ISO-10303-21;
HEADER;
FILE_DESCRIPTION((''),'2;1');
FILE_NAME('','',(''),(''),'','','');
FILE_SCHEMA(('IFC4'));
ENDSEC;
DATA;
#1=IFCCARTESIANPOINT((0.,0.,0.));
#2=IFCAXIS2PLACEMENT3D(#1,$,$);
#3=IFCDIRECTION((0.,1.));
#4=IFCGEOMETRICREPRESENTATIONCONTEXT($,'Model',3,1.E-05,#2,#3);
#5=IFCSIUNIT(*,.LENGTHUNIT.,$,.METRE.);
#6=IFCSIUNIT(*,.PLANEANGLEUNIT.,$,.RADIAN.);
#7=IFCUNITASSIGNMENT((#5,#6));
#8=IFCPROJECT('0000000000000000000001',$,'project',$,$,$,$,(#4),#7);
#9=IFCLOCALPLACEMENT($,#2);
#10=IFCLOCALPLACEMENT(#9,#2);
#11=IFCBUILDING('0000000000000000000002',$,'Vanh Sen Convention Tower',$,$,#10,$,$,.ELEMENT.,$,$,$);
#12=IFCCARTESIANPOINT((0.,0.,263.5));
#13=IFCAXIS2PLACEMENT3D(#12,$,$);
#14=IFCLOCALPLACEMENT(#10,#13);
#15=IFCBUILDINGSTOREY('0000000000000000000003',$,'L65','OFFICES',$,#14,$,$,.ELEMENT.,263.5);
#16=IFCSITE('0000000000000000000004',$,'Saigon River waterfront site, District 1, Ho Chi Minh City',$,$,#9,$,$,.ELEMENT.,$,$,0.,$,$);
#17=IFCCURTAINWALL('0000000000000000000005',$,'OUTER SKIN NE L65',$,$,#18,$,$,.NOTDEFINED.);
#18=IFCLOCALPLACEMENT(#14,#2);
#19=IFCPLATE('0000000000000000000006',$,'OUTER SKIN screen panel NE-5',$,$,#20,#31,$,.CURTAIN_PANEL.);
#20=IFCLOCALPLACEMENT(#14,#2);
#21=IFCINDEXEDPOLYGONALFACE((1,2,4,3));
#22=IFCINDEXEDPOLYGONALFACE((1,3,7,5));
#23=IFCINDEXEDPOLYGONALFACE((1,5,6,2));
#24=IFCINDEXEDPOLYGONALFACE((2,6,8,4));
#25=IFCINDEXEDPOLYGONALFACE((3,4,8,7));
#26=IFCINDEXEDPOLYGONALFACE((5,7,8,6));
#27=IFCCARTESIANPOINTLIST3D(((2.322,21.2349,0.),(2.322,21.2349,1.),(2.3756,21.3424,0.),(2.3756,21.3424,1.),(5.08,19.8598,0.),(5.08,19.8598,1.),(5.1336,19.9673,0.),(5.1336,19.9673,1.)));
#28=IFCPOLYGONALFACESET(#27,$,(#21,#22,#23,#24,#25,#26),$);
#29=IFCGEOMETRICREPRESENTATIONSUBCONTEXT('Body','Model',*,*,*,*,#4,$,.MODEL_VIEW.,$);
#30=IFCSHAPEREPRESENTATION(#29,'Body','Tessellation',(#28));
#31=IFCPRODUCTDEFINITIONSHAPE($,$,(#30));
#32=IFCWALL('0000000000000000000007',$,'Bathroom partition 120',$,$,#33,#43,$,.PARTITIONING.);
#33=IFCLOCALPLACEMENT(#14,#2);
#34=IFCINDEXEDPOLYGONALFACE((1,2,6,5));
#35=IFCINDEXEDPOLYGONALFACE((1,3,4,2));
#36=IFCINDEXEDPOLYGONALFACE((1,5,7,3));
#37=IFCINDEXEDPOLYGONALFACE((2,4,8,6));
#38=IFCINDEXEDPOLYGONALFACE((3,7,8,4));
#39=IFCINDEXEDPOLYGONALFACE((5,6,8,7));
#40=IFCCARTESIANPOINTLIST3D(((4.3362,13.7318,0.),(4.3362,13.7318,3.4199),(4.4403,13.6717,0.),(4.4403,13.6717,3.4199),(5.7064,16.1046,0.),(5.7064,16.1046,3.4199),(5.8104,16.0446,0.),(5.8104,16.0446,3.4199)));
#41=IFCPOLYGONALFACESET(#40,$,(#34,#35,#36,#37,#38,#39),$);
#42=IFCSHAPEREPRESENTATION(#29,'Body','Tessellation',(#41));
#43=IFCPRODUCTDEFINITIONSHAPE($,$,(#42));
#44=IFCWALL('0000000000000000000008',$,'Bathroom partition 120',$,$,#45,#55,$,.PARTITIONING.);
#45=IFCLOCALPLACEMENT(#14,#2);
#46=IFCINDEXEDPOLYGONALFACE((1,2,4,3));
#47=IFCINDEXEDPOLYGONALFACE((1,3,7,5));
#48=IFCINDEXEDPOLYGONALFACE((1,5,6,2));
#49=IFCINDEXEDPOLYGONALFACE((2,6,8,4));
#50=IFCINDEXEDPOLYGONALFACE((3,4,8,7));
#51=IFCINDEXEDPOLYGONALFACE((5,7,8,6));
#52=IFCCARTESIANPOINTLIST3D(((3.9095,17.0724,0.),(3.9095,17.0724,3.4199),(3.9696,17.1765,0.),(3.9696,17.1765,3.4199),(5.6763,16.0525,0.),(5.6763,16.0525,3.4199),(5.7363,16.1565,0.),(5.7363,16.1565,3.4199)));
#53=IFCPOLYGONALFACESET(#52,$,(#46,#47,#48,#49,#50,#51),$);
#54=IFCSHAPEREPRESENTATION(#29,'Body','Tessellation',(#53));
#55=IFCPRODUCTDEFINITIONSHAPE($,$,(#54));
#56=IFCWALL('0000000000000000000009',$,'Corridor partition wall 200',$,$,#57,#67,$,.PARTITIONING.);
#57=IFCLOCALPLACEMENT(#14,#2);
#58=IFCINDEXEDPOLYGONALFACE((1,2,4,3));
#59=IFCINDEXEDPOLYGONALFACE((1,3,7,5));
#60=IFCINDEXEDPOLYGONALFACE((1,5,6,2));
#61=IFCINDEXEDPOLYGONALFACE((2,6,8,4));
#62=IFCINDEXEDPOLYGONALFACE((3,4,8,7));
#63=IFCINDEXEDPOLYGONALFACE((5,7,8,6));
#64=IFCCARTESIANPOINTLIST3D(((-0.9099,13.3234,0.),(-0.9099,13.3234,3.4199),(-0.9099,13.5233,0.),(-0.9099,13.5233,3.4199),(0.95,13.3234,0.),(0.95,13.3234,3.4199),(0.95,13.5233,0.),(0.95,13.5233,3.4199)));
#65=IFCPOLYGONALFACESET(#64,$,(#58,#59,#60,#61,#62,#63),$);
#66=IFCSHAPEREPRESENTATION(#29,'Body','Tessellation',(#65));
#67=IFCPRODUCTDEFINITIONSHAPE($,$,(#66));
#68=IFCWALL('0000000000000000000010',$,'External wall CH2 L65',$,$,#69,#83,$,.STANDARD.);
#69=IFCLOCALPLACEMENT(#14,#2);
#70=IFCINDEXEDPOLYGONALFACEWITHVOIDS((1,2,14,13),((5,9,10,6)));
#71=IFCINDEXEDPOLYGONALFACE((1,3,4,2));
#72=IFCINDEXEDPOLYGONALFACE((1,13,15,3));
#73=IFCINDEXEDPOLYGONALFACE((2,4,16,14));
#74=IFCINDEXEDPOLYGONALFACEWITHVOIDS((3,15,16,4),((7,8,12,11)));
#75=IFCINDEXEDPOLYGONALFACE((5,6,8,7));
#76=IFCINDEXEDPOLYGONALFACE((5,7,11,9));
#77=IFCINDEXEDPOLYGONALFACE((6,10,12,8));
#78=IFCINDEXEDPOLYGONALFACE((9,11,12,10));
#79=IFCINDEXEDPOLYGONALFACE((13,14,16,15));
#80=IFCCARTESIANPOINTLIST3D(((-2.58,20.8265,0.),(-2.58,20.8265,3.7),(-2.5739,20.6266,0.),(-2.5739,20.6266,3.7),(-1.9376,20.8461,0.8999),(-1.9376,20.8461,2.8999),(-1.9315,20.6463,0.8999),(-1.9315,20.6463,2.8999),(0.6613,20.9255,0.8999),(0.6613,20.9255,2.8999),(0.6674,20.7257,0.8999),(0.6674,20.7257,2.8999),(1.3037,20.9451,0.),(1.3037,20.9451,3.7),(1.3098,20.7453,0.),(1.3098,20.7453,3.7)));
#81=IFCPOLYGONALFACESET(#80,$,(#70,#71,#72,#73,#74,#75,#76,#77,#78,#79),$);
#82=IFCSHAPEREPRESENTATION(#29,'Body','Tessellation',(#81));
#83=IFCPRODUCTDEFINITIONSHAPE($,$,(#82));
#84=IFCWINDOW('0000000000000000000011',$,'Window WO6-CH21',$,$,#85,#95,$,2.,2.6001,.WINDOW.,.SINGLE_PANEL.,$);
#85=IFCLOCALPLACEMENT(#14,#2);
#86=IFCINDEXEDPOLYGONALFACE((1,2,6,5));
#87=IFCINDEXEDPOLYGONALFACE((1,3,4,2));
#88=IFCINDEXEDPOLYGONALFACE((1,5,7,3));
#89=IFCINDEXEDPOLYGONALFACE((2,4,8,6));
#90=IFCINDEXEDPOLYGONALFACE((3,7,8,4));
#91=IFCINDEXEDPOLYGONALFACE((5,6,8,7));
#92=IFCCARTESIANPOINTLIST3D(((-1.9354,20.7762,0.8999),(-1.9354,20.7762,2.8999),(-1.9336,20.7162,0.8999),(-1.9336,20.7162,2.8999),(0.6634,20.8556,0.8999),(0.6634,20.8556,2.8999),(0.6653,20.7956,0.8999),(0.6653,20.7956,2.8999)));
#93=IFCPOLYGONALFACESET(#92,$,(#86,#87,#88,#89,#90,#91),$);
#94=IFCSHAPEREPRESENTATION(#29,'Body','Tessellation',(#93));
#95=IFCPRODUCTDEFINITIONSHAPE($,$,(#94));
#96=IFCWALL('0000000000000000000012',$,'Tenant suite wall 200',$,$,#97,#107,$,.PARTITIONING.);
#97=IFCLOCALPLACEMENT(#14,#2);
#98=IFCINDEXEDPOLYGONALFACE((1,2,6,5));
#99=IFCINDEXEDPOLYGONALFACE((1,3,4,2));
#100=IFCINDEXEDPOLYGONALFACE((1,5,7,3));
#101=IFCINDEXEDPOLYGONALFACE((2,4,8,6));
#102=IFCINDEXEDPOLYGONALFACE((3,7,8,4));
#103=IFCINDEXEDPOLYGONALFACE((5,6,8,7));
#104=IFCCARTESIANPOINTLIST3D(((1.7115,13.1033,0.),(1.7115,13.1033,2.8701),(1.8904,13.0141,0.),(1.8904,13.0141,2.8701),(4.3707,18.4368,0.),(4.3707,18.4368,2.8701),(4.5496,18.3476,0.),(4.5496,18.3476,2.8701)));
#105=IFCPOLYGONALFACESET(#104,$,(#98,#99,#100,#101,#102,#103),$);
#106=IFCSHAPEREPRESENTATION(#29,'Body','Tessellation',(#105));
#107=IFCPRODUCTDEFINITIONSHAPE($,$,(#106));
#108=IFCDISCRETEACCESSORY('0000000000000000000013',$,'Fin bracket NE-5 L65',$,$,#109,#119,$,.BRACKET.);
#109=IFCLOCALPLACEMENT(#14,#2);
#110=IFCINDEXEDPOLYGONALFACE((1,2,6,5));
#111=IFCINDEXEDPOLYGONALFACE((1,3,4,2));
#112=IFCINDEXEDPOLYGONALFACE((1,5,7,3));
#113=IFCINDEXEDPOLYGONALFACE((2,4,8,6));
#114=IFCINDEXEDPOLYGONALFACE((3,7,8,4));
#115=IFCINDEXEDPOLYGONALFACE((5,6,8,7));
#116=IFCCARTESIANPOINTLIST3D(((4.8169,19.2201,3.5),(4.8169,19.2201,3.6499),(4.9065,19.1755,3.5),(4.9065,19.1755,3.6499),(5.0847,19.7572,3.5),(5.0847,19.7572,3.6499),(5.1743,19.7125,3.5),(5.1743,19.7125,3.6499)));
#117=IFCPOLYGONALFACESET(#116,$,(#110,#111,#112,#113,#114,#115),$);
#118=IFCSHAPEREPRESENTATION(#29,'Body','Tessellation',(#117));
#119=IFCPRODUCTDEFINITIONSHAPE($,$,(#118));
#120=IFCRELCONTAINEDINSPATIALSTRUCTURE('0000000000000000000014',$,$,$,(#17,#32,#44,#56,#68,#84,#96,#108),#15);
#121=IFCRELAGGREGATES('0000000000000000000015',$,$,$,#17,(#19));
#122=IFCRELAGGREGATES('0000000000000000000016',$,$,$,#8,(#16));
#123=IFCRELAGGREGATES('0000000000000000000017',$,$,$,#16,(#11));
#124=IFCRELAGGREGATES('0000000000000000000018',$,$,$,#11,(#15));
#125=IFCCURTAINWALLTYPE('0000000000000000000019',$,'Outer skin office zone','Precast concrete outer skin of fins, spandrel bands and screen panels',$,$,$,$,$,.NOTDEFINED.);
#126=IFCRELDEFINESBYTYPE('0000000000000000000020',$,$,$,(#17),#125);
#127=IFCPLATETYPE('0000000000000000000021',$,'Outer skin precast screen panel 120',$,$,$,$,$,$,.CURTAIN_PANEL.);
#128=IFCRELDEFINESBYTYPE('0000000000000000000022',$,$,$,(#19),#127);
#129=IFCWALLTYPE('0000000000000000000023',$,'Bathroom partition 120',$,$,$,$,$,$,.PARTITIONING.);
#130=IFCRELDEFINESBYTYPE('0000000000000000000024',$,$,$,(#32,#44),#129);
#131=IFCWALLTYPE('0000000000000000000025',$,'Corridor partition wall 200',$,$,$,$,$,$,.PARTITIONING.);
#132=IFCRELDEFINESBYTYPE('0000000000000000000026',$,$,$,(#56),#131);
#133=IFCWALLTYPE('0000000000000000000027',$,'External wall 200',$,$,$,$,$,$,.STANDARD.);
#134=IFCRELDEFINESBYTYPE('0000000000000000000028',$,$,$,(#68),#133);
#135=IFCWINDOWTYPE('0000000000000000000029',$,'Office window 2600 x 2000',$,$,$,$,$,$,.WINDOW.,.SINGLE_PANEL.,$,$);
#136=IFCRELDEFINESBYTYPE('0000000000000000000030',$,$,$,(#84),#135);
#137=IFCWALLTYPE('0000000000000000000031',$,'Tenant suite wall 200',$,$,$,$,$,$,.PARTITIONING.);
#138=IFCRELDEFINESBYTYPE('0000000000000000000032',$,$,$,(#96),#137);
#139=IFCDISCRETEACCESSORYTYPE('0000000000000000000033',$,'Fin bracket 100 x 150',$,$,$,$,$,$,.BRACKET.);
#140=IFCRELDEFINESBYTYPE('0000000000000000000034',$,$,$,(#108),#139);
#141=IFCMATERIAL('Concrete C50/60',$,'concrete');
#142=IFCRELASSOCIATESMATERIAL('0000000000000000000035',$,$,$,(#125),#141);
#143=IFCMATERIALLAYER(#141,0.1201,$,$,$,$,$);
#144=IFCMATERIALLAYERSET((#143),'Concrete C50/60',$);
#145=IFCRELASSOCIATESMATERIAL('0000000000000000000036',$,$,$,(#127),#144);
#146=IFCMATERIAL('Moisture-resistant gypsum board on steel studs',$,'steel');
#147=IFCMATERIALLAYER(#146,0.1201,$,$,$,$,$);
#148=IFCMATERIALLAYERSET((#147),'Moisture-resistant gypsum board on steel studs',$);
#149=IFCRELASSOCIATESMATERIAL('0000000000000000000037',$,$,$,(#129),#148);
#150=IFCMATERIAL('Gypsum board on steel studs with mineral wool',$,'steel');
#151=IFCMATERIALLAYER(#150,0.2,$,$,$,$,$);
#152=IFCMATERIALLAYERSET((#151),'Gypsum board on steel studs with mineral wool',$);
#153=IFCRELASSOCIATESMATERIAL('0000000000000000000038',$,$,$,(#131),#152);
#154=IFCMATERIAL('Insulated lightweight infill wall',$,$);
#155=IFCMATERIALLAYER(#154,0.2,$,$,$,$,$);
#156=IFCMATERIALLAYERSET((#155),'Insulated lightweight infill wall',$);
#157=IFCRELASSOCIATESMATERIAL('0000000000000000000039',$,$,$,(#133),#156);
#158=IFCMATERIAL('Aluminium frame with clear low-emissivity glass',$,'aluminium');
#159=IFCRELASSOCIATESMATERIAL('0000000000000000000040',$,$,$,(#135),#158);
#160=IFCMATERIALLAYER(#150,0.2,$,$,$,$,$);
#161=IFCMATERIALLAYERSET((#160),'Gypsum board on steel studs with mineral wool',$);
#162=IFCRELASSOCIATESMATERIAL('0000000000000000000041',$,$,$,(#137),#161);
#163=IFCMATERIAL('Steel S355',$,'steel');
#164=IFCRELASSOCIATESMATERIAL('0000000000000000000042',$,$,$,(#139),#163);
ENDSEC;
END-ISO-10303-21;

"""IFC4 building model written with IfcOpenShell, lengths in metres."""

from ifc_helpers import new_model, si_unit, direction, frame, frame_2d, origin, origin_2d, place, context, subcontext, project, spatial, rectangle, extrude, material, layer, layer_set, type_object, element, fill, aggregate, save


model = new_model("IFC4")

# Units and contexts
model_context = context("Model", 3, precision=1e-05, world=origin(), true_north=direction((0.0, 1.0)))
body_context = subcontext(model_context, "Body", "Model", "MODEL_VIEW")
ifc_project = project(units=[si_unit("LENGTHUNIT", "METRE"), si_unit("PLANEANGLEUNIT", "RADIAN")], contexts=[model_context])

# Site, building, storey
site_placement = place(None, origin())
site = spatial("IfcSite", under=ifc_project, at=site_placement, Name="Saigon River waterfront site, District 1, Ho Chi Minh City", CompositionType="ELEMENT", RefElevation=0.0)
building_placement = place(site_placement, origin())
building = spatial("IfcBuilding", under=site, at=building_placement, Name="Vanh Sen Convention Tower", CompositionType="ELEMENT")
storey_placement = place(building_placement, frame((0.0, 0.0, 263.5)))
storey = spatial("IfcBuildingStorey", under=building, at=storey_placement, Name="L65", Description="OFFICES", CompositionType="ELEMENT", Elevation=263.5)

# Curtain wall
ifc_material_1 = material(Name="Concrete C50/60", Category="concrete")
curtain_wall_type = type_object("IfcCurtainWallType", Name="Outer skin office zone", Description="Precast concrete outer skin of fins, spandrel bands and screen panels", PredefinedType="NOTDEFINED", material=ifc_material_1)
curtain_wall_1_placement = place(storey_placement, origin())
curtain_wall_1 = element("IfcCurtainWall", 1, at=curtain_wall_1_placement, inside=storey, type_object=curtain_wall_type, Name="OUTER SKIN NE L65", PredefinedType="NOTDEFINED")

# Plate
ifc_layer_1 = layer(ifc_material_1, 0.1201)
ifc_layer_set_1 = layer_set([ifc_layer_1], Name="Concrete C50/60")
plate_type = type_object("IfcPlateType", Name="Outer skin precast screen panel 120", PredefinedType="CURTAIN_PANEL", material=ifc_layer_set_1)
plate_1_placement = place(storey_placement, frame((3.7278, 20.6011, 0.0), z_axis=(0.0, 0.0, 1.0), x_axis=(-0.894931, 0.446204, 0.0)))
plate_1 = element("IfcPlate", 2, at=plate_1_placement, type_object=plate_type, Name="OUTER SKIN screen panel NE-5", PredefinedType="CURTAIN_PANEL", context=body_context, shape_type="SweptSolid", body=[
    extrude(rectangle(XDim=3.0818, YDim=0.1201, at=origin_2d()), origin(), (0.0, 0.0, 1.0), 1.0),
])
aggregate(curtain_wall_1, [plate_1])

# Walls
ifc_material_2 = material(Name="Moisture-resistant gypsum board on steel studs", Category="steel")
ifc_layer_2 = layer(ifc_material_2, 0.1201)
ifc_layer_set_2 = layer_set([ifc_layer_2], Name="Moisture-resistant gypsum board on steel studs")
wall_type_1 = type_object("IfcWallType", Name="Bathroom partition 120", PredefinedType="PARTITIONING", material=ifc_layer_set_2)
wall_1_placement = place(storey_placement, frame((4.3882, 13.7017, 0.0), z_axis=(0.0, 0.0, 1.0), x_axis=(0.500049, 0.865997, 0.0)))
element("IfcWall", 3, at=wall_1_placement, inside=storey, type_object=wall_type_1, Name="Bathroom partition 120", PredefinedType="PARTITIONING", context=body_context, shape_type="SweptSolid", body=[
    extrude(rectangle(XDim=2.74, YDim=0.1201, at=frame_2d((1.3701, 0.0))), origin(), (0.0, 0.0, 1.0), 3.4199),
])
wall_2_placement = place(storey_placement, frame((5.7063, 16.1045, 0.0), z_axis=(0.0, 0.0, 1.0), x_axis=(-0.86604, 0.499975, 0.0)))
element("IfcWall", 4, at=wall_2_placement, inside=storey, type_object=wall_type_1, Name="Bathroom partition 120", PredefinedType="PARTITIONING", context=body_context, shape_type="SweptSolid", body=[
    extrude(rectangle(XDim=2.04, YDim=0.1201, at=frame_2d((1.02, 0.0))), origin(), (0.0, 0.0, 1.0), 3.4199),
])
ifc_material_3 = material(Name="Gypsum board on steel studs with mineral wool", Category="steel")
ifc_layer_3 = layer(ifc_material_3, 0.2)
ifc_layer_set_3 = layer_set([ifc_layer_3], Name="Gypsum board on steel studs with mineral wool")
wall_type_2 = type_object("IfcWallType", Name="Corridor partition wall 200", PredefinedType="PARTITIONING", material=ifc_layer_set_3)
wall_3_placement = place(storey_placement, frame((0.95, 13.4233, 0.0), z_axis=(0.0, 0.0, 1.0), x_axis=(-1.0, 0.0, 0.0)))
element("IfcWall", 5, at=wall_3_placement, inside=storey, type_object=wall_type_2, Name="Corridor partition wall 200", PredefinedType="PARTITIONING", context=body_context, shape_type="SweptSolid", body=[
    extrude(rectangle(XDim=1.8599, YDim=0.2, at=frame_2d((0.9299, 0.0))), origin(), (0.0, 0.0, 1.0), 3.4199),
])

# Wall, opening, window
ifc_material_4 = material(Name="Insulated lightweight infill wall")
ifc_layer_4 = layer(ifc_material_4, 0.2)
ifc_layer_set_4 = layer_set([ifc_layer_4], Name="Insulated lightweight infill wall")
wall_type_3 = type_object("IfcWallType", Name="External wall 200", PredefinedType="STANDARD", material=ifc_layer_set_4)
wall_4_placement = place(storey_placement, frame((1.3069, 20.8452, 0.0), z_axis=(0.0, 0.0, 1.0), x_axis=(-0.999534, -0.030536, 0.0)))
wall_4 = element("IfcWall", 6, at=wall_4_placement, inside=storey, type_object=wall_type_3, Name="External wall CH2 L65", PredefinedType="STANDARD", context=body_context, shape_type="SweptSolid", body=[
    extrude(rectangle(XDim=3.8855, YDim=0.2, at=frame_2d((1.9429, 0.0))), origin(), (0.0, 0.0, 1.0), 3.7),
])
opening_placement = place(wall_4_placement, frame((0.6428, 0.0, 0.8999)))
opening = element("IfcOpeningElement", 7, at=opening_placement, cuts=wall_4, PredefinedType="OPENING", context=body_context, shape_type="SweptSolid", body=[
    extrude(rectangle(XDim=2.6001, YDim=2.0, at=frame_2d((1.3, 1.0))), frame((0.0, 0.1099, 0.0), z_axis=(0.0, -1.0, 0.0), x_axis=(1.0, 0.0, 0.0)), (0.0, 0.0, 1.0), 0.22),
])
ifc_material_5 = material(Name="Aluminium frame with clear low-emissivity glass", Category="aluminium")
window_type = type_object("IfcWindowType", Name="Office window 2600 x 2000", PartitioningType="SINGLE_PANEL", PredefinedType="WINDOW", material=ifc_material_5)
window_placement = place(opening_placement, origin())
window = element("IfcWindow", 8, at=window_placement, inside=storey, type_object=window_type, Name="Window WO6-CH21", OverallHeight=2.0, OverallWidth=2.6001, PartitioningType="SINGLE_PANEL", PredefinedType="WINDOW", context=body_context, shape_type="SweptSolid", body=[
    extrude(rectangle(XDim=2.6001, YDim=2.0, at=frame_2d((1.3, 1.0))), frame((0.0, 0.03, 0.0), z_axis=(0.0, -1.0, 0.0), x_axis=(1.0, 0.0, 0.0)), (0.0, 0.0, 1.0), 0.0601),
])
fill(opening, window)

# Wall
ifc_layer_5 = layer(ifc_material_3, 0.2)
ifc_layer_set_5 = layer_set([ifc_layer_5], Name="Gypsum board on steel studs with mineral wool")
wall_type_4 = type_object("IfcWallType", Name="Tenant suite wall 200", PredefinedType="PARTITIONING", material=ifc_layer_set_5)
wall_5_placement = place(storey_placement, frame((4.4602, 18.3923, 0.0), z_axis=(0.0, 0.0, 1.0), x_axis=(-0.446197, -0.894935, 0.0)))
element("IfcWall", 9, at=wall_5_placement, inside=storey, type_object=wall_type_4, Name="Tenant suite wall 200", PredefinedType="PARTITIONING", context=body_context, shape_type="SweptSolid", body=[
    extrude(rectangle(XDim=5.9597, YDim=0.2, at=frame_2d((2.98, 0.0))), origin(), (0.0, 0.0, 1.0), 2.8701),
])

# Discrete accessory
ifc_material_6 = material(Name="Steel S355", Category="steel")
discrete_accessory_type = type_object("IfcDiscreteAccessoryType", Name="Fin bracket 100 x 150", PredefinedType="BRACKET", material=ifc_material_6)
discrete_accessory_placement = place(storey_placement, frame((4.9956, 19.4663, 3.5), z_axis=(0.0, 0.0, 1.0), x_axis=(0.446198, 0.894934, 0.0)))
element("IfcDiscreteAccessory", 10, at=discrete_accessory_placement, inside=storey, type_object=discrete_accessory_type, Name="Fin bracket NE-5 L65", PredefinedType="BRACKET", context=body_context, shape_type="SweptSolid", body=[
    extrude(rectangle(XDim=0.6001, YDim=0.1001, at=origin_2d()), origin(), (0.0, 0.0, 1.0), 0.1499),
])

save(model, "model.ifc")
